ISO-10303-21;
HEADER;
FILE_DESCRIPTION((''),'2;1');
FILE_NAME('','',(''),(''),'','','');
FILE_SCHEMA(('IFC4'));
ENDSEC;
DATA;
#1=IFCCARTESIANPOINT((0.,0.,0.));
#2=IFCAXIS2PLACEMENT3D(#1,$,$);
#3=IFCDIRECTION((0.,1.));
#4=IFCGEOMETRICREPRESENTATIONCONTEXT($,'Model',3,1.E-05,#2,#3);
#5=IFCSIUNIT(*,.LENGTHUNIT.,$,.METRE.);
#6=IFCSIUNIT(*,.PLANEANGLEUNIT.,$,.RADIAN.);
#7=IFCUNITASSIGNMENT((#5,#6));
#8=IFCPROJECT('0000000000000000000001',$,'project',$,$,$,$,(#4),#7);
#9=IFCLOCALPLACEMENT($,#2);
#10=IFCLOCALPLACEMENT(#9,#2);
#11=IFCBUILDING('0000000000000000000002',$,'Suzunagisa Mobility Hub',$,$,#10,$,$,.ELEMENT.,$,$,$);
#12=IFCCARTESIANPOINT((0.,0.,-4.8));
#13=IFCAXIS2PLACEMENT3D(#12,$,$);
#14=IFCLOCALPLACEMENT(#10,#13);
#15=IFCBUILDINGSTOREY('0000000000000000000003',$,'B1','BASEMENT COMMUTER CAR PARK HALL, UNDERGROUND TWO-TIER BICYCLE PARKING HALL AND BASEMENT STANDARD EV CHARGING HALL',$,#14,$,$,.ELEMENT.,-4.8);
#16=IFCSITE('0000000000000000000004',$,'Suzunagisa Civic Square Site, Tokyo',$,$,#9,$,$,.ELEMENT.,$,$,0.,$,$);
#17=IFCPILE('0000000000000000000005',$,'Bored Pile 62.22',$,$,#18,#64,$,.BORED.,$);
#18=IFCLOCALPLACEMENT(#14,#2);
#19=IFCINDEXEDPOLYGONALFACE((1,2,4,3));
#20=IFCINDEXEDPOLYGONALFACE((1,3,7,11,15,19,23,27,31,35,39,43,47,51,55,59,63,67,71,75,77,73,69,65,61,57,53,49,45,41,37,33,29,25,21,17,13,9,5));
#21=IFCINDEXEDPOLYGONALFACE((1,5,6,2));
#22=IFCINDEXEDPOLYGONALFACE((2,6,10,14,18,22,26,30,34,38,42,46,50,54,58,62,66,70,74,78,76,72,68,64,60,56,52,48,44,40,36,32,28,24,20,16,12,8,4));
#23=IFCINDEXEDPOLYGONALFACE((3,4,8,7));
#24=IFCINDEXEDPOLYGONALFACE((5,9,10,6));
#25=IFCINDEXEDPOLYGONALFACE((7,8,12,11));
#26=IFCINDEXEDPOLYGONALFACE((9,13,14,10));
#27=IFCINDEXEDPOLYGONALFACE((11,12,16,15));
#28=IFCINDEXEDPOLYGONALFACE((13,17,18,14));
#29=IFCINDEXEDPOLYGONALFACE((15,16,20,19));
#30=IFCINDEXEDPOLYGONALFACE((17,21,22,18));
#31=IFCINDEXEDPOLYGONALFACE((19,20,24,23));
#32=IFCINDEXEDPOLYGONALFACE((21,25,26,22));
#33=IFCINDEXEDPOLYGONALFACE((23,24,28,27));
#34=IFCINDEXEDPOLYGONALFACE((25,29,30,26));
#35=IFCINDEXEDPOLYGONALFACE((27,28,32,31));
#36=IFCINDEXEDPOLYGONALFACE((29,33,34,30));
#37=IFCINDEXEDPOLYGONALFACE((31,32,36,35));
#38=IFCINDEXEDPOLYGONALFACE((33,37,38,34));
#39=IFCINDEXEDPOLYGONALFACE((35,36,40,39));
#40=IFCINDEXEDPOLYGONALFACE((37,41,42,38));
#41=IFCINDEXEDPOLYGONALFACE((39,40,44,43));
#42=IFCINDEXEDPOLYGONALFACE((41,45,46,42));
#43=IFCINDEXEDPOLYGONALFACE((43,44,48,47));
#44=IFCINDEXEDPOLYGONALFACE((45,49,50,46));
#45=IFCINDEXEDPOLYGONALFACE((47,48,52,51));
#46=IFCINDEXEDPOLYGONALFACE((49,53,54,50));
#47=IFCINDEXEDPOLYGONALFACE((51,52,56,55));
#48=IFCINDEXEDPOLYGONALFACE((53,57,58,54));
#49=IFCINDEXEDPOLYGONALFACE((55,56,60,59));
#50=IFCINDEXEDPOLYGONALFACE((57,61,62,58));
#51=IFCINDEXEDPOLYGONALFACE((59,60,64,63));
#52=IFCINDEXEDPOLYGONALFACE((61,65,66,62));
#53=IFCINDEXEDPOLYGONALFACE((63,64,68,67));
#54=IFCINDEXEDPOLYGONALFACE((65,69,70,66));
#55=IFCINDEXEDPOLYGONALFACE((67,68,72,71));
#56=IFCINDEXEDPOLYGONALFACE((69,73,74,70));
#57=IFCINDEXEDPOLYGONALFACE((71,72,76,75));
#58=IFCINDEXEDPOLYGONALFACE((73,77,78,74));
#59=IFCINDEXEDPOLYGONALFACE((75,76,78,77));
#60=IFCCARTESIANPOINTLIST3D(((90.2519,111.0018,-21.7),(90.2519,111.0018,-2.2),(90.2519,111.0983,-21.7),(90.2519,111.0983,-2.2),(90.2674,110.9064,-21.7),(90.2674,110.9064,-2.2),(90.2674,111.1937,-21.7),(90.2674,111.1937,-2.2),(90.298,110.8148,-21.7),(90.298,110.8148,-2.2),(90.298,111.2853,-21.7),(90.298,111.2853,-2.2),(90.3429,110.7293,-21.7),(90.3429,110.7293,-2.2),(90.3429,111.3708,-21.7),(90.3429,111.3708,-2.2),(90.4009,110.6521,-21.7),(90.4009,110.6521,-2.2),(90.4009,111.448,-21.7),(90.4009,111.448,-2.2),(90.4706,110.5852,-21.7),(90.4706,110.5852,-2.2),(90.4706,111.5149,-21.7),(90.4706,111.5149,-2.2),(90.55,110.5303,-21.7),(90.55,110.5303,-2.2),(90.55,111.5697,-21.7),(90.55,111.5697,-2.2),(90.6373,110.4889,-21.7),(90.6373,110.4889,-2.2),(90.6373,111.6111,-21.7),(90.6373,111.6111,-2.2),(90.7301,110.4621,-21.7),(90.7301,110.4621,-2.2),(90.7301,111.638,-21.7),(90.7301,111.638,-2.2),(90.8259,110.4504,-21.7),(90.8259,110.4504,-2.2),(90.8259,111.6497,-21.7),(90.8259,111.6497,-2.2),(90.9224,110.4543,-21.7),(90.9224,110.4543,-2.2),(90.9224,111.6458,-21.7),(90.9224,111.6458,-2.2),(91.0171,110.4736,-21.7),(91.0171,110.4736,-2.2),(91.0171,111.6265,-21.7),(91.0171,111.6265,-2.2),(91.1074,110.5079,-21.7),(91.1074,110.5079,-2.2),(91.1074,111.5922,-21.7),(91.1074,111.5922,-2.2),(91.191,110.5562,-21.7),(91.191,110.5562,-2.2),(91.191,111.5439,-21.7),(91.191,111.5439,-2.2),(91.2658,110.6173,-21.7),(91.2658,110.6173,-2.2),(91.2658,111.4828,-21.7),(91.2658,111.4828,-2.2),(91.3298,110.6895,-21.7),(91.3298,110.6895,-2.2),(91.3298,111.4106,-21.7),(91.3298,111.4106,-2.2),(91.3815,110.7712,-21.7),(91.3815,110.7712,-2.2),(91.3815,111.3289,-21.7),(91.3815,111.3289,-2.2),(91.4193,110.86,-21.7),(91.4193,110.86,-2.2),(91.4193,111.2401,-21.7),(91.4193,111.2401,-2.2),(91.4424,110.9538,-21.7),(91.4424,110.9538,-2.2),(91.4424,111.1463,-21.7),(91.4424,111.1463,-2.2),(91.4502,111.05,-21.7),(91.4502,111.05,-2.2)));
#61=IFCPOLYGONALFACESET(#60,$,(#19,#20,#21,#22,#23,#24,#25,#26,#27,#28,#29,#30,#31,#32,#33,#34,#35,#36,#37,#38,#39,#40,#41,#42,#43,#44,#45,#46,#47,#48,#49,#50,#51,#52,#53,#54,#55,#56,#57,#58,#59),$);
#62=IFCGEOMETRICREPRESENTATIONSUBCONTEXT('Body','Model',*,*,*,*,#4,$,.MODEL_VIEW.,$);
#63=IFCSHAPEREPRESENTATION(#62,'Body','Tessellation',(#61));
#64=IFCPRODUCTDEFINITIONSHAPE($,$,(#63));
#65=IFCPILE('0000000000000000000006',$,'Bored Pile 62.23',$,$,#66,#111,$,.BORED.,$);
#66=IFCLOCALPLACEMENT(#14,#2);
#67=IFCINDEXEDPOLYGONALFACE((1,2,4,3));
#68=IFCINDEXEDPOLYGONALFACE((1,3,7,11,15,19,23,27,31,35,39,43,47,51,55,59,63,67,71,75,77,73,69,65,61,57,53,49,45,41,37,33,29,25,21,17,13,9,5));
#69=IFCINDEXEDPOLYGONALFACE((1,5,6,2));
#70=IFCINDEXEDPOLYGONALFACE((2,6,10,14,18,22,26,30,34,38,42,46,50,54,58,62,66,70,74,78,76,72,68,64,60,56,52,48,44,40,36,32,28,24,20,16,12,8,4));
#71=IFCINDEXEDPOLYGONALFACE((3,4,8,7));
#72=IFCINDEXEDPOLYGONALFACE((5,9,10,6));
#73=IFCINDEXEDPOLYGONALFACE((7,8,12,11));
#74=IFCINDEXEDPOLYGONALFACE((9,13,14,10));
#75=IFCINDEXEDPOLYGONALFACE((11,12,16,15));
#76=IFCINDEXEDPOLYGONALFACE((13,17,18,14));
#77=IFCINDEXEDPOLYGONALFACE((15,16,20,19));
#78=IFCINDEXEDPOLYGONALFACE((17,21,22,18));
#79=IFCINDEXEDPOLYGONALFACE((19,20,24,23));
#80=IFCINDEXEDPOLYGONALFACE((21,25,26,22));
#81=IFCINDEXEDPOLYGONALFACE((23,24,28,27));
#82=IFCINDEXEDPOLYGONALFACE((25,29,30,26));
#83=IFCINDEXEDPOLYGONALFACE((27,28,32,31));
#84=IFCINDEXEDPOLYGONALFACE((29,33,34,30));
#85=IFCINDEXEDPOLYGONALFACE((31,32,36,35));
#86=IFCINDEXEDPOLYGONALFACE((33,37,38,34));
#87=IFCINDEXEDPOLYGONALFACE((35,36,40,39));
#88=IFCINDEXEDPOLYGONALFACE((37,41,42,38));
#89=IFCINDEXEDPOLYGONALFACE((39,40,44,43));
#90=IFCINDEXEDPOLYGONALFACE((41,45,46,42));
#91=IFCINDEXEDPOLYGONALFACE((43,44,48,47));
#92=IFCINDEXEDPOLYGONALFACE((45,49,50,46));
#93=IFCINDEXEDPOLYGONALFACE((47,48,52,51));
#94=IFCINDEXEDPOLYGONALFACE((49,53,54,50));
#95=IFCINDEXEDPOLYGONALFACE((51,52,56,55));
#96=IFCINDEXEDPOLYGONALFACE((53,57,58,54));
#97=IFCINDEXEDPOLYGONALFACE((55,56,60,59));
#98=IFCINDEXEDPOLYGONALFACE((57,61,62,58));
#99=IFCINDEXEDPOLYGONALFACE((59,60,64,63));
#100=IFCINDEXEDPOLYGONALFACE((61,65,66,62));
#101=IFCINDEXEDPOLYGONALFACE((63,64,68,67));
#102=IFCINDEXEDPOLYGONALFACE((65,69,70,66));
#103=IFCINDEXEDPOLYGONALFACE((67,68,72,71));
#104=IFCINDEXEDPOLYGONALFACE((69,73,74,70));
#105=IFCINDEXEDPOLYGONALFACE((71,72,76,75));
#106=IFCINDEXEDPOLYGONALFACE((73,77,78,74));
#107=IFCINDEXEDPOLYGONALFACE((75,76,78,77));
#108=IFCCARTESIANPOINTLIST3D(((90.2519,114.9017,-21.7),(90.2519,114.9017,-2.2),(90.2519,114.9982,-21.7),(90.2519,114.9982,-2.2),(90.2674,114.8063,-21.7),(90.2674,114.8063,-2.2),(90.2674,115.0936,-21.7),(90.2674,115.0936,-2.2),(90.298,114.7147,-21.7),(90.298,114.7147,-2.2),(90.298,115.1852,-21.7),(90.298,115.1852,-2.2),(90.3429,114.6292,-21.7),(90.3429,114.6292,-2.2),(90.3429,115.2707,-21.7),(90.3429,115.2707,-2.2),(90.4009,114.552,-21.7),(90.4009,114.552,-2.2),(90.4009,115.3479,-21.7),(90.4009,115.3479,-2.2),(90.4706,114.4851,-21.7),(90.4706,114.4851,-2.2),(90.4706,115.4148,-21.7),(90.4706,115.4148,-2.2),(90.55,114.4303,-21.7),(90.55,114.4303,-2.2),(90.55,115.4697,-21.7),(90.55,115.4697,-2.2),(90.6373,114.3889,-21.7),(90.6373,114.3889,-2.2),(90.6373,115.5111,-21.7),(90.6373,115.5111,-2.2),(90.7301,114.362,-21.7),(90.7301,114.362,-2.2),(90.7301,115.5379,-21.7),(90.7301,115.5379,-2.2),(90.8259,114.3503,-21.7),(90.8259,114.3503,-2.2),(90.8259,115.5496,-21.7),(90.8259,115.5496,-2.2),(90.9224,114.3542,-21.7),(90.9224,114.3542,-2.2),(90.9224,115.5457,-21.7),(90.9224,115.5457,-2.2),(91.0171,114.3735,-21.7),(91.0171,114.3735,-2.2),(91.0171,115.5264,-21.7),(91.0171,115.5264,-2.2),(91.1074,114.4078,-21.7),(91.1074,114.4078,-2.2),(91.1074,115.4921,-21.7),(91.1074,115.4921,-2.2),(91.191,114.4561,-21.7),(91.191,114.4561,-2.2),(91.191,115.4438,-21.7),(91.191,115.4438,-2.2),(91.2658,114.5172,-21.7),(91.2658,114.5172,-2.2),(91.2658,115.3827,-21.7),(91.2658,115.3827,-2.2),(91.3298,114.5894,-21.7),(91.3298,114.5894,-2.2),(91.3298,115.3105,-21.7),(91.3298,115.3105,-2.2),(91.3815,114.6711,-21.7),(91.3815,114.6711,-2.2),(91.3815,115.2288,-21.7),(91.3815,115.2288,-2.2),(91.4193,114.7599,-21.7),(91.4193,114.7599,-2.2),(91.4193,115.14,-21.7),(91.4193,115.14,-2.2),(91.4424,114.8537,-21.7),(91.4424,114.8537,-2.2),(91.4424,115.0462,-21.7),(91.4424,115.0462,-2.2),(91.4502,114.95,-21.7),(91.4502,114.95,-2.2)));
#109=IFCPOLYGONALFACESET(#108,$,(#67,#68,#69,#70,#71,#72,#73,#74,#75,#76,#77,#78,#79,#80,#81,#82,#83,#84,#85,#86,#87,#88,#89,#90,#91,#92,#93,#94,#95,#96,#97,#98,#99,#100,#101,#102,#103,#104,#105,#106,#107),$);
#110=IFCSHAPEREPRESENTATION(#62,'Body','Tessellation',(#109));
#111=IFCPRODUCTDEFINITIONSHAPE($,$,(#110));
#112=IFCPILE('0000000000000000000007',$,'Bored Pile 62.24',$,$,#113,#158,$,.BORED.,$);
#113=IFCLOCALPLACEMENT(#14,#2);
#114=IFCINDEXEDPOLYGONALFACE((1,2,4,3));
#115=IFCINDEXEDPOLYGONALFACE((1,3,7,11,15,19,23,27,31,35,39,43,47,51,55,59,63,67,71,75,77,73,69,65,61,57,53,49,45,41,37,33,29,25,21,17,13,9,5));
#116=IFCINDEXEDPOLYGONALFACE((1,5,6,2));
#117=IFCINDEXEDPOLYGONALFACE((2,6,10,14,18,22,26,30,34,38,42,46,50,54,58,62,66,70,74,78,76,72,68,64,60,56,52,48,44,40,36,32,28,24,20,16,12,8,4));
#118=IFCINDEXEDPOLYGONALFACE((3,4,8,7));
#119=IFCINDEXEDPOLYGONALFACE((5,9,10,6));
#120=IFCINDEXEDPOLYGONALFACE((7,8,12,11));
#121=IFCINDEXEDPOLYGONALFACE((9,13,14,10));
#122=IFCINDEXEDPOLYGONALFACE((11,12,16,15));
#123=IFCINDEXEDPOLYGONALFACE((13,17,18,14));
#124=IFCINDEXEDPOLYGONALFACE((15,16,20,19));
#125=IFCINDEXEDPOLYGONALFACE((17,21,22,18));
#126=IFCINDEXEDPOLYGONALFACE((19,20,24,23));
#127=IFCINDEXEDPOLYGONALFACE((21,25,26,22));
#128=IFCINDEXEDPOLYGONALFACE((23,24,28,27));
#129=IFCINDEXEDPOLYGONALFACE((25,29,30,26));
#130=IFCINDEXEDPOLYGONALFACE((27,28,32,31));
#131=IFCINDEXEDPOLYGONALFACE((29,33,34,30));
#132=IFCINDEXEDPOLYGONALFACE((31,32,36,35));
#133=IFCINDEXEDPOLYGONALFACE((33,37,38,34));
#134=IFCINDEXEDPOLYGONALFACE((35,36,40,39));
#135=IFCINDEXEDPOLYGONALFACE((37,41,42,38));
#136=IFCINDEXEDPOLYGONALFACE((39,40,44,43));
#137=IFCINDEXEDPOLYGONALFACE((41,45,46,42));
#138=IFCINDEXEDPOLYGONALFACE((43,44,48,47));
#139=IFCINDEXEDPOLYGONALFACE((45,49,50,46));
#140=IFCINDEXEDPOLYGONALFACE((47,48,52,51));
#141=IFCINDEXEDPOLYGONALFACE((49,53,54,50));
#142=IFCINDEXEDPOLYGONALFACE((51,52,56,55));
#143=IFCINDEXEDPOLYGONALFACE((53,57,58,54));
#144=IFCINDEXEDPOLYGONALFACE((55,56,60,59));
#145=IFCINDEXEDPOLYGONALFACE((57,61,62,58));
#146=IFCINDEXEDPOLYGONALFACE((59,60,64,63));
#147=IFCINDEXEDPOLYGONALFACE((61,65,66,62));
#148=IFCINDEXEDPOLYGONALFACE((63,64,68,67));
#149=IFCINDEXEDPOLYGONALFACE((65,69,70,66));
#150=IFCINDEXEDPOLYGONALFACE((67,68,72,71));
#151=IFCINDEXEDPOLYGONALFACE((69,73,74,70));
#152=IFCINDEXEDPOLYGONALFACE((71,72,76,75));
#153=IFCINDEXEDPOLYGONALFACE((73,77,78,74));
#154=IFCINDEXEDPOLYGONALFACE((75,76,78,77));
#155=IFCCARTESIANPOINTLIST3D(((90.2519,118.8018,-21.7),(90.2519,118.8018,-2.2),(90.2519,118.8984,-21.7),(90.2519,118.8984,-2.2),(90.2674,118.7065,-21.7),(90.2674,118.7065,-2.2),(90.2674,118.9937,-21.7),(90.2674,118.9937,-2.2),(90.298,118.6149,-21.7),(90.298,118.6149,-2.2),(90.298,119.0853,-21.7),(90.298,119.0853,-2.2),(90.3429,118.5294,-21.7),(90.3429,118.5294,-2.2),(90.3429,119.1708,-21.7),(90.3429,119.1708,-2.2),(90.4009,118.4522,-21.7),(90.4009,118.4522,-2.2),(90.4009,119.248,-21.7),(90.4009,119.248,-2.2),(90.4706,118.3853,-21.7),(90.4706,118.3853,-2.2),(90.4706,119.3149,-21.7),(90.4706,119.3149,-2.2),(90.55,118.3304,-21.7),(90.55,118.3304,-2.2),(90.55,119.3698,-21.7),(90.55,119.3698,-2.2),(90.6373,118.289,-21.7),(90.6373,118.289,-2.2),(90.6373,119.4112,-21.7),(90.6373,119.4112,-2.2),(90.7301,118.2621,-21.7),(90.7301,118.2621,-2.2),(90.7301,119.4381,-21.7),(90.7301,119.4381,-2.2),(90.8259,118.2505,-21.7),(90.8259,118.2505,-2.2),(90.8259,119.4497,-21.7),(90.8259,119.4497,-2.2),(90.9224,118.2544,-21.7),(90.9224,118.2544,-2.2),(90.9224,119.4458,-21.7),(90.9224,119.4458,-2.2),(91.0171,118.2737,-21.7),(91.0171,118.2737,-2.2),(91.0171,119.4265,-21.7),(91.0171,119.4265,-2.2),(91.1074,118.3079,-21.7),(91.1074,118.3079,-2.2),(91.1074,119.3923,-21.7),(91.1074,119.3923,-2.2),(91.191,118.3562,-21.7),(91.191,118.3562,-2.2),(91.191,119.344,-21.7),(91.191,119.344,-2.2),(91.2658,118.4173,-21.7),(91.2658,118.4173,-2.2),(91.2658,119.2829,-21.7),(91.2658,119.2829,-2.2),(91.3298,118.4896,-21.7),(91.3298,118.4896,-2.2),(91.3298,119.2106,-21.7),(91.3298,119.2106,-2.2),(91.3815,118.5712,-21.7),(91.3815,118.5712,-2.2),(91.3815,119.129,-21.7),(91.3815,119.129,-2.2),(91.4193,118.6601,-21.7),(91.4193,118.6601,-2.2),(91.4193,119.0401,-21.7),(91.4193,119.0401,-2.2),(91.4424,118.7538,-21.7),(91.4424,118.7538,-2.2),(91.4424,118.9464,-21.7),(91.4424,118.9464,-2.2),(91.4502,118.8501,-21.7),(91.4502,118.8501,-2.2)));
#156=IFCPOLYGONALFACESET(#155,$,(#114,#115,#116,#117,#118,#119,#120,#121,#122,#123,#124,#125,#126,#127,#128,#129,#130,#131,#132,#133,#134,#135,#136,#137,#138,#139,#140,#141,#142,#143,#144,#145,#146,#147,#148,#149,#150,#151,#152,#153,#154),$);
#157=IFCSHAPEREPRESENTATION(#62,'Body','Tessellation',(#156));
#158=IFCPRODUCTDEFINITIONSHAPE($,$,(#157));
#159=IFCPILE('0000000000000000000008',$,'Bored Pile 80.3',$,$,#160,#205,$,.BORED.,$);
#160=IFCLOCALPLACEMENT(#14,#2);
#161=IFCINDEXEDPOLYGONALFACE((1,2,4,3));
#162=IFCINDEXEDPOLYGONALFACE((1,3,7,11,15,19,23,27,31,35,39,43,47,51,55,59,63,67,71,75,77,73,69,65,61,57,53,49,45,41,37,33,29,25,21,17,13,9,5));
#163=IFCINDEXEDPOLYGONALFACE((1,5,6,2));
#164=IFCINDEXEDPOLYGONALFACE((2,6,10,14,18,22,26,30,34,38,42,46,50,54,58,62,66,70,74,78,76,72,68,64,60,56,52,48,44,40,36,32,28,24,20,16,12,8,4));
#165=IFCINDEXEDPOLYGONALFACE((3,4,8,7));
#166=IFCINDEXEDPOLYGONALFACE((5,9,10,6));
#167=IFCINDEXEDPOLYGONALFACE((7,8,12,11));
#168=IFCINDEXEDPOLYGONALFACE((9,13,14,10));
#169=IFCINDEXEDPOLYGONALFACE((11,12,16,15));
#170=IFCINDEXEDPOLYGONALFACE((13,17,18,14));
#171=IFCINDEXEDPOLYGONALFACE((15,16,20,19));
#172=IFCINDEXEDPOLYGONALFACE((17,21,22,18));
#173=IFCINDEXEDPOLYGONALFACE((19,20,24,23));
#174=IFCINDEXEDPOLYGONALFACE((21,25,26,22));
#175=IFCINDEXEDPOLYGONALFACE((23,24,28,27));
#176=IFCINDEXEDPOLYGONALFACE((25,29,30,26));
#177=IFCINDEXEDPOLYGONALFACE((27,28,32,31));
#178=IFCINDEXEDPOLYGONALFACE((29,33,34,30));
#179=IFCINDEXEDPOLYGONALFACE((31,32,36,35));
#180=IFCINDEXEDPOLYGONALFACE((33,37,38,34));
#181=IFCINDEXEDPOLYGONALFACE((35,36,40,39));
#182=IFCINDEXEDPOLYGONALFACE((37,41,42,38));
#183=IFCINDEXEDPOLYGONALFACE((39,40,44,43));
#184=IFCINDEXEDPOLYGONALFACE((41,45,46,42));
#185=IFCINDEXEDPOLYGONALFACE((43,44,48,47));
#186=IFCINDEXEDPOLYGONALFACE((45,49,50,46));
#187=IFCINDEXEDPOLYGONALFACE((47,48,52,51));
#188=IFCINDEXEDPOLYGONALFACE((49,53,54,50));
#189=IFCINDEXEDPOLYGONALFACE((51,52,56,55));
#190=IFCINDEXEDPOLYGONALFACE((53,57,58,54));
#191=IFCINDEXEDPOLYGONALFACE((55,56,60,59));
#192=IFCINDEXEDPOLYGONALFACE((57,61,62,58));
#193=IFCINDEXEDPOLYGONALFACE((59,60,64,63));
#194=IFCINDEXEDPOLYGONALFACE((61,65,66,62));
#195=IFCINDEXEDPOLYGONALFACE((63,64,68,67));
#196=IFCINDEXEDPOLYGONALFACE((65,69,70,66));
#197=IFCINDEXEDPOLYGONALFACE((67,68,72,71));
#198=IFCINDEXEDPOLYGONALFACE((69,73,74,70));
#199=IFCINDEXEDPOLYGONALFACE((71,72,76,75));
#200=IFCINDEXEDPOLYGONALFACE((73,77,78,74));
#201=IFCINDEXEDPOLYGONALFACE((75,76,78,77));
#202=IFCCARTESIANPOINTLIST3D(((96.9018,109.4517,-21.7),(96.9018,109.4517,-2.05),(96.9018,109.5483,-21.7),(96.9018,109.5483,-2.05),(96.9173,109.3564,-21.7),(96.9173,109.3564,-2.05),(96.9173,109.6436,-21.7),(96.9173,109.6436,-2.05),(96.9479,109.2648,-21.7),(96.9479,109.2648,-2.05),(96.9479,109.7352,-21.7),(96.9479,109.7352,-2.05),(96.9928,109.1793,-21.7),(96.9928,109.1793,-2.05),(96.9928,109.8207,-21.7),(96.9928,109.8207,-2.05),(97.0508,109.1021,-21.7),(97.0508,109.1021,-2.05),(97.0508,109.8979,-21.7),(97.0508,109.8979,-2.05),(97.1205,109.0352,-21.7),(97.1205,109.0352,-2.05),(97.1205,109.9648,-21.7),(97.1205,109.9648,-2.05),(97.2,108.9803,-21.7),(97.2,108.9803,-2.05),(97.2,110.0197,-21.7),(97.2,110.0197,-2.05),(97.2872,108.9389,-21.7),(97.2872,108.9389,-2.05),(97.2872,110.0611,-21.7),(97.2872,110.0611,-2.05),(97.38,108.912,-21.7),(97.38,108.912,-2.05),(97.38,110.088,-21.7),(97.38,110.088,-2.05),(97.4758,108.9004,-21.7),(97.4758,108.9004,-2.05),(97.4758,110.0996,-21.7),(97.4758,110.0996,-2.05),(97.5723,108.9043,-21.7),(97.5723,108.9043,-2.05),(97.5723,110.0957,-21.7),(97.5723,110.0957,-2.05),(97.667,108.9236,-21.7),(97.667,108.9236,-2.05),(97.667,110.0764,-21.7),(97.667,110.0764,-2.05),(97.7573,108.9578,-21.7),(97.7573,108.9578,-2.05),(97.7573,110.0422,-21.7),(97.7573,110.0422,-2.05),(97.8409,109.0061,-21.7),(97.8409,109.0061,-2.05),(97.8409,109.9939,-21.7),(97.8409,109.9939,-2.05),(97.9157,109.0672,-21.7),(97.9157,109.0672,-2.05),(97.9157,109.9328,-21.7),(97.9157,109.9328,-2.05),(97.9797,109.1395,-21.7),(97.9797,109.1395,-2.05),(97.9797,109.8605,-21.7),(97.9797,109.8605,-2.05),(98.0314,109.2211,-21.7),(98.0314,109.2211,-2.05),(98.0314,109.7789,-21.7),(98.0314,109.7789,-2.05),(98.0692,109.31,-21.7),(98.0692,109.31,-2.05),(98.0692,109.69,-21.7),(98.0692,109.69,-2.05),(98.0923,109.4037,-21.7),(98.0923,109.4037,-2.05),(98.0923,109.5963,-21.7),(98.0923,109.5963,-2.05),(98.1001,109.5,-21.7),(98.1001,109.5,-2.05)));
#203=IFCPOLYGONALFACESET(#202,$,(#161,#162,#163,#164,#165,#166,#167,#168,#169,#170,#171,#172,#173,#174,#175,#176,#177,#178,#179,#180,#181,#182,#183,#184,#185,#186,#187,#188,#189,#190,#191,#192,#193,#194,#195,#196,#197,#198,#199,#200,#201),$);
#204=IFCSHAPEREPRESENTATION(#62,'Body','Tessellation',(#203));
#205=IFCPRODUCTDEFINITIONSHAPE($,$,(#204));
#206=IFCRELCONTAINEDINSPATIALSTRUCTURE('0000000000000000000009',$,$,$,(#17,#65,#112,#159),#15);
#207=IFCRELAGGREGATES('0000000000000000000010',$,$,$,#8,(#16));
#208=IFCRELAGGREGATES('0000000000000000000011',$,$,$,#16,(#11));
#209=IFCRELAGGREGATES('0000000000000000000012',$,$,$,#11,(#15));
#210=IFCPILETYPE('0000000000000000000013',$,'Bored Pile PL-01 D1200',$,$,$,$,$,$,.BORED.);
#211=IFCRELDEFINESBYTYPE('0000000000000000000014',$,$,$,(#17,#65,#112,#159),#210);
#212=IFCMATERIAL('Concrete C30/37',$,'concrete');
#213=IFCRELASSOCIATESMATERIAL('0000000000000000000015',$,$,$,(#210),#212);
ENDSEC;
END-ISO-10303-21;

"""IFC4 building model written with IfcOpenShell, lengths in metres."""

from ifc_helpers import new_model, si_unit, direction, frame, origin, origin_2d, place, context, subcontext, project, spatial, circle, extrude, material, material_profile, profile_set, type_object, element, save


model = new_model("IFC4")

# Units and contexts
model_context = context("Model", 3, precision=1e-05, world=origin(), true_north=direction((0.0, 1.0)))
body_context = subcontext(model_context, "Body", "Model", "MODEL_VIEW")
ifc_project = project(units=[si_unit("LENGTHUNIT", "METRE"), si_unit("PLANEANGLEUNIT", "RADIAN")], contexts=[model_context])

# Site, building, storey
site_placement = place(None, origin())
site = spatial("IfcSite", under=ifc_project, at=site_placement, Name="Suzunagisa Civic Square Site, Tokyo", CompositionType="ELEMENT", RefElevation=0.0)
building_placement = place(site_placement, origin())
building = spatial("IfcBuilding", under=site, at=building_placement, Name="Suzunagisa Mobility Hub", CompositionType="ELEMENT")
storey_placement = place(building_placement, frame((0.0, 0.0, -4.8)))
storey = spatial("IfcBuildingStorey", under=building, at=storey_placement, Name="B1", Description="BASEMENT COMMUTER CAR PARK HALL, UNDERGROUND TWO-TIER BICYCLE PARKING HALL AND BASEMENT STANDARD EV CHARGING HALL", CompositionType="ELEMENT", Elevation=-4.8)

# Piles
ifc_material_1 = material(Name="Concrete C30/37", Category="concrete")
ifc_material_profile_1 = material_profile(ifc_material_1, circle(Radius=0.6001, at=origin_2d()), Name="BORED PILE D1200")
ifc_profile_set_1 = profile_set([ifc_material_profile_1], Name="Concrete C30/37")
pile_type_1 = type_object("IfcPileType", Name="Bored Pile PL-01 D1200", PredefinedType="BORED", material=ifc_profile_set_1)
for number, where, z_axis, x_axis, name in (
    (1, (90.8501, 111.05, -2.2), (0.0, 0.0, -1.0), (1.0, 0.0, 0.0), "Bored Pile 62.22"),
    (2, (90.8501, 114.95, -2.2), (0.0, 0.0, -1.0), (1.0, 0.0, 0.0), "Bored Pile 62.23"),
    (3, (90.8501, 118.8501, -2.2), (0.0, 0.0, -1.0), (1.0, 0.0, 0.0), "Bored Pile 62.24"),
):
    element("IfcPile", number, at=place(storey_placement, frame(where, z_axis=z_axis, x_axis=x_axis)), inside=storey, type_object=pile_type_1, Name=name, PredefinedType="BORED", context=body_context, shape_type="SweptSolid", body=[
        extrude(circle(Radius=0.6001, at=origin_2d()), origin(), (0.0, 0.0, 1.0), 19.5),
    ])
for number, where, z_axis, x_axis, name in (
    (4, (97.5, 109.5, -2.05), (0.0, 0.0, -1.0), (1.0, 0.0, 0.0), "Bored Pile 80.3"),
):
    element("IfcPile", number, at=place(storey_placement, frame(where, z_axis=z_axis, x_axis=x_axis)), inside=storey, type_object=pile_type_1, Name=name, PredefinedType="BORED", context=body_context, shape_type="SweptSolid", body=[
        extrude(circle(Radius=0.6001, at=origin_2d()), origin(), (0.0, 0.0, 1.0), 19.6499),
    ])

save(model, "model.ifc")
